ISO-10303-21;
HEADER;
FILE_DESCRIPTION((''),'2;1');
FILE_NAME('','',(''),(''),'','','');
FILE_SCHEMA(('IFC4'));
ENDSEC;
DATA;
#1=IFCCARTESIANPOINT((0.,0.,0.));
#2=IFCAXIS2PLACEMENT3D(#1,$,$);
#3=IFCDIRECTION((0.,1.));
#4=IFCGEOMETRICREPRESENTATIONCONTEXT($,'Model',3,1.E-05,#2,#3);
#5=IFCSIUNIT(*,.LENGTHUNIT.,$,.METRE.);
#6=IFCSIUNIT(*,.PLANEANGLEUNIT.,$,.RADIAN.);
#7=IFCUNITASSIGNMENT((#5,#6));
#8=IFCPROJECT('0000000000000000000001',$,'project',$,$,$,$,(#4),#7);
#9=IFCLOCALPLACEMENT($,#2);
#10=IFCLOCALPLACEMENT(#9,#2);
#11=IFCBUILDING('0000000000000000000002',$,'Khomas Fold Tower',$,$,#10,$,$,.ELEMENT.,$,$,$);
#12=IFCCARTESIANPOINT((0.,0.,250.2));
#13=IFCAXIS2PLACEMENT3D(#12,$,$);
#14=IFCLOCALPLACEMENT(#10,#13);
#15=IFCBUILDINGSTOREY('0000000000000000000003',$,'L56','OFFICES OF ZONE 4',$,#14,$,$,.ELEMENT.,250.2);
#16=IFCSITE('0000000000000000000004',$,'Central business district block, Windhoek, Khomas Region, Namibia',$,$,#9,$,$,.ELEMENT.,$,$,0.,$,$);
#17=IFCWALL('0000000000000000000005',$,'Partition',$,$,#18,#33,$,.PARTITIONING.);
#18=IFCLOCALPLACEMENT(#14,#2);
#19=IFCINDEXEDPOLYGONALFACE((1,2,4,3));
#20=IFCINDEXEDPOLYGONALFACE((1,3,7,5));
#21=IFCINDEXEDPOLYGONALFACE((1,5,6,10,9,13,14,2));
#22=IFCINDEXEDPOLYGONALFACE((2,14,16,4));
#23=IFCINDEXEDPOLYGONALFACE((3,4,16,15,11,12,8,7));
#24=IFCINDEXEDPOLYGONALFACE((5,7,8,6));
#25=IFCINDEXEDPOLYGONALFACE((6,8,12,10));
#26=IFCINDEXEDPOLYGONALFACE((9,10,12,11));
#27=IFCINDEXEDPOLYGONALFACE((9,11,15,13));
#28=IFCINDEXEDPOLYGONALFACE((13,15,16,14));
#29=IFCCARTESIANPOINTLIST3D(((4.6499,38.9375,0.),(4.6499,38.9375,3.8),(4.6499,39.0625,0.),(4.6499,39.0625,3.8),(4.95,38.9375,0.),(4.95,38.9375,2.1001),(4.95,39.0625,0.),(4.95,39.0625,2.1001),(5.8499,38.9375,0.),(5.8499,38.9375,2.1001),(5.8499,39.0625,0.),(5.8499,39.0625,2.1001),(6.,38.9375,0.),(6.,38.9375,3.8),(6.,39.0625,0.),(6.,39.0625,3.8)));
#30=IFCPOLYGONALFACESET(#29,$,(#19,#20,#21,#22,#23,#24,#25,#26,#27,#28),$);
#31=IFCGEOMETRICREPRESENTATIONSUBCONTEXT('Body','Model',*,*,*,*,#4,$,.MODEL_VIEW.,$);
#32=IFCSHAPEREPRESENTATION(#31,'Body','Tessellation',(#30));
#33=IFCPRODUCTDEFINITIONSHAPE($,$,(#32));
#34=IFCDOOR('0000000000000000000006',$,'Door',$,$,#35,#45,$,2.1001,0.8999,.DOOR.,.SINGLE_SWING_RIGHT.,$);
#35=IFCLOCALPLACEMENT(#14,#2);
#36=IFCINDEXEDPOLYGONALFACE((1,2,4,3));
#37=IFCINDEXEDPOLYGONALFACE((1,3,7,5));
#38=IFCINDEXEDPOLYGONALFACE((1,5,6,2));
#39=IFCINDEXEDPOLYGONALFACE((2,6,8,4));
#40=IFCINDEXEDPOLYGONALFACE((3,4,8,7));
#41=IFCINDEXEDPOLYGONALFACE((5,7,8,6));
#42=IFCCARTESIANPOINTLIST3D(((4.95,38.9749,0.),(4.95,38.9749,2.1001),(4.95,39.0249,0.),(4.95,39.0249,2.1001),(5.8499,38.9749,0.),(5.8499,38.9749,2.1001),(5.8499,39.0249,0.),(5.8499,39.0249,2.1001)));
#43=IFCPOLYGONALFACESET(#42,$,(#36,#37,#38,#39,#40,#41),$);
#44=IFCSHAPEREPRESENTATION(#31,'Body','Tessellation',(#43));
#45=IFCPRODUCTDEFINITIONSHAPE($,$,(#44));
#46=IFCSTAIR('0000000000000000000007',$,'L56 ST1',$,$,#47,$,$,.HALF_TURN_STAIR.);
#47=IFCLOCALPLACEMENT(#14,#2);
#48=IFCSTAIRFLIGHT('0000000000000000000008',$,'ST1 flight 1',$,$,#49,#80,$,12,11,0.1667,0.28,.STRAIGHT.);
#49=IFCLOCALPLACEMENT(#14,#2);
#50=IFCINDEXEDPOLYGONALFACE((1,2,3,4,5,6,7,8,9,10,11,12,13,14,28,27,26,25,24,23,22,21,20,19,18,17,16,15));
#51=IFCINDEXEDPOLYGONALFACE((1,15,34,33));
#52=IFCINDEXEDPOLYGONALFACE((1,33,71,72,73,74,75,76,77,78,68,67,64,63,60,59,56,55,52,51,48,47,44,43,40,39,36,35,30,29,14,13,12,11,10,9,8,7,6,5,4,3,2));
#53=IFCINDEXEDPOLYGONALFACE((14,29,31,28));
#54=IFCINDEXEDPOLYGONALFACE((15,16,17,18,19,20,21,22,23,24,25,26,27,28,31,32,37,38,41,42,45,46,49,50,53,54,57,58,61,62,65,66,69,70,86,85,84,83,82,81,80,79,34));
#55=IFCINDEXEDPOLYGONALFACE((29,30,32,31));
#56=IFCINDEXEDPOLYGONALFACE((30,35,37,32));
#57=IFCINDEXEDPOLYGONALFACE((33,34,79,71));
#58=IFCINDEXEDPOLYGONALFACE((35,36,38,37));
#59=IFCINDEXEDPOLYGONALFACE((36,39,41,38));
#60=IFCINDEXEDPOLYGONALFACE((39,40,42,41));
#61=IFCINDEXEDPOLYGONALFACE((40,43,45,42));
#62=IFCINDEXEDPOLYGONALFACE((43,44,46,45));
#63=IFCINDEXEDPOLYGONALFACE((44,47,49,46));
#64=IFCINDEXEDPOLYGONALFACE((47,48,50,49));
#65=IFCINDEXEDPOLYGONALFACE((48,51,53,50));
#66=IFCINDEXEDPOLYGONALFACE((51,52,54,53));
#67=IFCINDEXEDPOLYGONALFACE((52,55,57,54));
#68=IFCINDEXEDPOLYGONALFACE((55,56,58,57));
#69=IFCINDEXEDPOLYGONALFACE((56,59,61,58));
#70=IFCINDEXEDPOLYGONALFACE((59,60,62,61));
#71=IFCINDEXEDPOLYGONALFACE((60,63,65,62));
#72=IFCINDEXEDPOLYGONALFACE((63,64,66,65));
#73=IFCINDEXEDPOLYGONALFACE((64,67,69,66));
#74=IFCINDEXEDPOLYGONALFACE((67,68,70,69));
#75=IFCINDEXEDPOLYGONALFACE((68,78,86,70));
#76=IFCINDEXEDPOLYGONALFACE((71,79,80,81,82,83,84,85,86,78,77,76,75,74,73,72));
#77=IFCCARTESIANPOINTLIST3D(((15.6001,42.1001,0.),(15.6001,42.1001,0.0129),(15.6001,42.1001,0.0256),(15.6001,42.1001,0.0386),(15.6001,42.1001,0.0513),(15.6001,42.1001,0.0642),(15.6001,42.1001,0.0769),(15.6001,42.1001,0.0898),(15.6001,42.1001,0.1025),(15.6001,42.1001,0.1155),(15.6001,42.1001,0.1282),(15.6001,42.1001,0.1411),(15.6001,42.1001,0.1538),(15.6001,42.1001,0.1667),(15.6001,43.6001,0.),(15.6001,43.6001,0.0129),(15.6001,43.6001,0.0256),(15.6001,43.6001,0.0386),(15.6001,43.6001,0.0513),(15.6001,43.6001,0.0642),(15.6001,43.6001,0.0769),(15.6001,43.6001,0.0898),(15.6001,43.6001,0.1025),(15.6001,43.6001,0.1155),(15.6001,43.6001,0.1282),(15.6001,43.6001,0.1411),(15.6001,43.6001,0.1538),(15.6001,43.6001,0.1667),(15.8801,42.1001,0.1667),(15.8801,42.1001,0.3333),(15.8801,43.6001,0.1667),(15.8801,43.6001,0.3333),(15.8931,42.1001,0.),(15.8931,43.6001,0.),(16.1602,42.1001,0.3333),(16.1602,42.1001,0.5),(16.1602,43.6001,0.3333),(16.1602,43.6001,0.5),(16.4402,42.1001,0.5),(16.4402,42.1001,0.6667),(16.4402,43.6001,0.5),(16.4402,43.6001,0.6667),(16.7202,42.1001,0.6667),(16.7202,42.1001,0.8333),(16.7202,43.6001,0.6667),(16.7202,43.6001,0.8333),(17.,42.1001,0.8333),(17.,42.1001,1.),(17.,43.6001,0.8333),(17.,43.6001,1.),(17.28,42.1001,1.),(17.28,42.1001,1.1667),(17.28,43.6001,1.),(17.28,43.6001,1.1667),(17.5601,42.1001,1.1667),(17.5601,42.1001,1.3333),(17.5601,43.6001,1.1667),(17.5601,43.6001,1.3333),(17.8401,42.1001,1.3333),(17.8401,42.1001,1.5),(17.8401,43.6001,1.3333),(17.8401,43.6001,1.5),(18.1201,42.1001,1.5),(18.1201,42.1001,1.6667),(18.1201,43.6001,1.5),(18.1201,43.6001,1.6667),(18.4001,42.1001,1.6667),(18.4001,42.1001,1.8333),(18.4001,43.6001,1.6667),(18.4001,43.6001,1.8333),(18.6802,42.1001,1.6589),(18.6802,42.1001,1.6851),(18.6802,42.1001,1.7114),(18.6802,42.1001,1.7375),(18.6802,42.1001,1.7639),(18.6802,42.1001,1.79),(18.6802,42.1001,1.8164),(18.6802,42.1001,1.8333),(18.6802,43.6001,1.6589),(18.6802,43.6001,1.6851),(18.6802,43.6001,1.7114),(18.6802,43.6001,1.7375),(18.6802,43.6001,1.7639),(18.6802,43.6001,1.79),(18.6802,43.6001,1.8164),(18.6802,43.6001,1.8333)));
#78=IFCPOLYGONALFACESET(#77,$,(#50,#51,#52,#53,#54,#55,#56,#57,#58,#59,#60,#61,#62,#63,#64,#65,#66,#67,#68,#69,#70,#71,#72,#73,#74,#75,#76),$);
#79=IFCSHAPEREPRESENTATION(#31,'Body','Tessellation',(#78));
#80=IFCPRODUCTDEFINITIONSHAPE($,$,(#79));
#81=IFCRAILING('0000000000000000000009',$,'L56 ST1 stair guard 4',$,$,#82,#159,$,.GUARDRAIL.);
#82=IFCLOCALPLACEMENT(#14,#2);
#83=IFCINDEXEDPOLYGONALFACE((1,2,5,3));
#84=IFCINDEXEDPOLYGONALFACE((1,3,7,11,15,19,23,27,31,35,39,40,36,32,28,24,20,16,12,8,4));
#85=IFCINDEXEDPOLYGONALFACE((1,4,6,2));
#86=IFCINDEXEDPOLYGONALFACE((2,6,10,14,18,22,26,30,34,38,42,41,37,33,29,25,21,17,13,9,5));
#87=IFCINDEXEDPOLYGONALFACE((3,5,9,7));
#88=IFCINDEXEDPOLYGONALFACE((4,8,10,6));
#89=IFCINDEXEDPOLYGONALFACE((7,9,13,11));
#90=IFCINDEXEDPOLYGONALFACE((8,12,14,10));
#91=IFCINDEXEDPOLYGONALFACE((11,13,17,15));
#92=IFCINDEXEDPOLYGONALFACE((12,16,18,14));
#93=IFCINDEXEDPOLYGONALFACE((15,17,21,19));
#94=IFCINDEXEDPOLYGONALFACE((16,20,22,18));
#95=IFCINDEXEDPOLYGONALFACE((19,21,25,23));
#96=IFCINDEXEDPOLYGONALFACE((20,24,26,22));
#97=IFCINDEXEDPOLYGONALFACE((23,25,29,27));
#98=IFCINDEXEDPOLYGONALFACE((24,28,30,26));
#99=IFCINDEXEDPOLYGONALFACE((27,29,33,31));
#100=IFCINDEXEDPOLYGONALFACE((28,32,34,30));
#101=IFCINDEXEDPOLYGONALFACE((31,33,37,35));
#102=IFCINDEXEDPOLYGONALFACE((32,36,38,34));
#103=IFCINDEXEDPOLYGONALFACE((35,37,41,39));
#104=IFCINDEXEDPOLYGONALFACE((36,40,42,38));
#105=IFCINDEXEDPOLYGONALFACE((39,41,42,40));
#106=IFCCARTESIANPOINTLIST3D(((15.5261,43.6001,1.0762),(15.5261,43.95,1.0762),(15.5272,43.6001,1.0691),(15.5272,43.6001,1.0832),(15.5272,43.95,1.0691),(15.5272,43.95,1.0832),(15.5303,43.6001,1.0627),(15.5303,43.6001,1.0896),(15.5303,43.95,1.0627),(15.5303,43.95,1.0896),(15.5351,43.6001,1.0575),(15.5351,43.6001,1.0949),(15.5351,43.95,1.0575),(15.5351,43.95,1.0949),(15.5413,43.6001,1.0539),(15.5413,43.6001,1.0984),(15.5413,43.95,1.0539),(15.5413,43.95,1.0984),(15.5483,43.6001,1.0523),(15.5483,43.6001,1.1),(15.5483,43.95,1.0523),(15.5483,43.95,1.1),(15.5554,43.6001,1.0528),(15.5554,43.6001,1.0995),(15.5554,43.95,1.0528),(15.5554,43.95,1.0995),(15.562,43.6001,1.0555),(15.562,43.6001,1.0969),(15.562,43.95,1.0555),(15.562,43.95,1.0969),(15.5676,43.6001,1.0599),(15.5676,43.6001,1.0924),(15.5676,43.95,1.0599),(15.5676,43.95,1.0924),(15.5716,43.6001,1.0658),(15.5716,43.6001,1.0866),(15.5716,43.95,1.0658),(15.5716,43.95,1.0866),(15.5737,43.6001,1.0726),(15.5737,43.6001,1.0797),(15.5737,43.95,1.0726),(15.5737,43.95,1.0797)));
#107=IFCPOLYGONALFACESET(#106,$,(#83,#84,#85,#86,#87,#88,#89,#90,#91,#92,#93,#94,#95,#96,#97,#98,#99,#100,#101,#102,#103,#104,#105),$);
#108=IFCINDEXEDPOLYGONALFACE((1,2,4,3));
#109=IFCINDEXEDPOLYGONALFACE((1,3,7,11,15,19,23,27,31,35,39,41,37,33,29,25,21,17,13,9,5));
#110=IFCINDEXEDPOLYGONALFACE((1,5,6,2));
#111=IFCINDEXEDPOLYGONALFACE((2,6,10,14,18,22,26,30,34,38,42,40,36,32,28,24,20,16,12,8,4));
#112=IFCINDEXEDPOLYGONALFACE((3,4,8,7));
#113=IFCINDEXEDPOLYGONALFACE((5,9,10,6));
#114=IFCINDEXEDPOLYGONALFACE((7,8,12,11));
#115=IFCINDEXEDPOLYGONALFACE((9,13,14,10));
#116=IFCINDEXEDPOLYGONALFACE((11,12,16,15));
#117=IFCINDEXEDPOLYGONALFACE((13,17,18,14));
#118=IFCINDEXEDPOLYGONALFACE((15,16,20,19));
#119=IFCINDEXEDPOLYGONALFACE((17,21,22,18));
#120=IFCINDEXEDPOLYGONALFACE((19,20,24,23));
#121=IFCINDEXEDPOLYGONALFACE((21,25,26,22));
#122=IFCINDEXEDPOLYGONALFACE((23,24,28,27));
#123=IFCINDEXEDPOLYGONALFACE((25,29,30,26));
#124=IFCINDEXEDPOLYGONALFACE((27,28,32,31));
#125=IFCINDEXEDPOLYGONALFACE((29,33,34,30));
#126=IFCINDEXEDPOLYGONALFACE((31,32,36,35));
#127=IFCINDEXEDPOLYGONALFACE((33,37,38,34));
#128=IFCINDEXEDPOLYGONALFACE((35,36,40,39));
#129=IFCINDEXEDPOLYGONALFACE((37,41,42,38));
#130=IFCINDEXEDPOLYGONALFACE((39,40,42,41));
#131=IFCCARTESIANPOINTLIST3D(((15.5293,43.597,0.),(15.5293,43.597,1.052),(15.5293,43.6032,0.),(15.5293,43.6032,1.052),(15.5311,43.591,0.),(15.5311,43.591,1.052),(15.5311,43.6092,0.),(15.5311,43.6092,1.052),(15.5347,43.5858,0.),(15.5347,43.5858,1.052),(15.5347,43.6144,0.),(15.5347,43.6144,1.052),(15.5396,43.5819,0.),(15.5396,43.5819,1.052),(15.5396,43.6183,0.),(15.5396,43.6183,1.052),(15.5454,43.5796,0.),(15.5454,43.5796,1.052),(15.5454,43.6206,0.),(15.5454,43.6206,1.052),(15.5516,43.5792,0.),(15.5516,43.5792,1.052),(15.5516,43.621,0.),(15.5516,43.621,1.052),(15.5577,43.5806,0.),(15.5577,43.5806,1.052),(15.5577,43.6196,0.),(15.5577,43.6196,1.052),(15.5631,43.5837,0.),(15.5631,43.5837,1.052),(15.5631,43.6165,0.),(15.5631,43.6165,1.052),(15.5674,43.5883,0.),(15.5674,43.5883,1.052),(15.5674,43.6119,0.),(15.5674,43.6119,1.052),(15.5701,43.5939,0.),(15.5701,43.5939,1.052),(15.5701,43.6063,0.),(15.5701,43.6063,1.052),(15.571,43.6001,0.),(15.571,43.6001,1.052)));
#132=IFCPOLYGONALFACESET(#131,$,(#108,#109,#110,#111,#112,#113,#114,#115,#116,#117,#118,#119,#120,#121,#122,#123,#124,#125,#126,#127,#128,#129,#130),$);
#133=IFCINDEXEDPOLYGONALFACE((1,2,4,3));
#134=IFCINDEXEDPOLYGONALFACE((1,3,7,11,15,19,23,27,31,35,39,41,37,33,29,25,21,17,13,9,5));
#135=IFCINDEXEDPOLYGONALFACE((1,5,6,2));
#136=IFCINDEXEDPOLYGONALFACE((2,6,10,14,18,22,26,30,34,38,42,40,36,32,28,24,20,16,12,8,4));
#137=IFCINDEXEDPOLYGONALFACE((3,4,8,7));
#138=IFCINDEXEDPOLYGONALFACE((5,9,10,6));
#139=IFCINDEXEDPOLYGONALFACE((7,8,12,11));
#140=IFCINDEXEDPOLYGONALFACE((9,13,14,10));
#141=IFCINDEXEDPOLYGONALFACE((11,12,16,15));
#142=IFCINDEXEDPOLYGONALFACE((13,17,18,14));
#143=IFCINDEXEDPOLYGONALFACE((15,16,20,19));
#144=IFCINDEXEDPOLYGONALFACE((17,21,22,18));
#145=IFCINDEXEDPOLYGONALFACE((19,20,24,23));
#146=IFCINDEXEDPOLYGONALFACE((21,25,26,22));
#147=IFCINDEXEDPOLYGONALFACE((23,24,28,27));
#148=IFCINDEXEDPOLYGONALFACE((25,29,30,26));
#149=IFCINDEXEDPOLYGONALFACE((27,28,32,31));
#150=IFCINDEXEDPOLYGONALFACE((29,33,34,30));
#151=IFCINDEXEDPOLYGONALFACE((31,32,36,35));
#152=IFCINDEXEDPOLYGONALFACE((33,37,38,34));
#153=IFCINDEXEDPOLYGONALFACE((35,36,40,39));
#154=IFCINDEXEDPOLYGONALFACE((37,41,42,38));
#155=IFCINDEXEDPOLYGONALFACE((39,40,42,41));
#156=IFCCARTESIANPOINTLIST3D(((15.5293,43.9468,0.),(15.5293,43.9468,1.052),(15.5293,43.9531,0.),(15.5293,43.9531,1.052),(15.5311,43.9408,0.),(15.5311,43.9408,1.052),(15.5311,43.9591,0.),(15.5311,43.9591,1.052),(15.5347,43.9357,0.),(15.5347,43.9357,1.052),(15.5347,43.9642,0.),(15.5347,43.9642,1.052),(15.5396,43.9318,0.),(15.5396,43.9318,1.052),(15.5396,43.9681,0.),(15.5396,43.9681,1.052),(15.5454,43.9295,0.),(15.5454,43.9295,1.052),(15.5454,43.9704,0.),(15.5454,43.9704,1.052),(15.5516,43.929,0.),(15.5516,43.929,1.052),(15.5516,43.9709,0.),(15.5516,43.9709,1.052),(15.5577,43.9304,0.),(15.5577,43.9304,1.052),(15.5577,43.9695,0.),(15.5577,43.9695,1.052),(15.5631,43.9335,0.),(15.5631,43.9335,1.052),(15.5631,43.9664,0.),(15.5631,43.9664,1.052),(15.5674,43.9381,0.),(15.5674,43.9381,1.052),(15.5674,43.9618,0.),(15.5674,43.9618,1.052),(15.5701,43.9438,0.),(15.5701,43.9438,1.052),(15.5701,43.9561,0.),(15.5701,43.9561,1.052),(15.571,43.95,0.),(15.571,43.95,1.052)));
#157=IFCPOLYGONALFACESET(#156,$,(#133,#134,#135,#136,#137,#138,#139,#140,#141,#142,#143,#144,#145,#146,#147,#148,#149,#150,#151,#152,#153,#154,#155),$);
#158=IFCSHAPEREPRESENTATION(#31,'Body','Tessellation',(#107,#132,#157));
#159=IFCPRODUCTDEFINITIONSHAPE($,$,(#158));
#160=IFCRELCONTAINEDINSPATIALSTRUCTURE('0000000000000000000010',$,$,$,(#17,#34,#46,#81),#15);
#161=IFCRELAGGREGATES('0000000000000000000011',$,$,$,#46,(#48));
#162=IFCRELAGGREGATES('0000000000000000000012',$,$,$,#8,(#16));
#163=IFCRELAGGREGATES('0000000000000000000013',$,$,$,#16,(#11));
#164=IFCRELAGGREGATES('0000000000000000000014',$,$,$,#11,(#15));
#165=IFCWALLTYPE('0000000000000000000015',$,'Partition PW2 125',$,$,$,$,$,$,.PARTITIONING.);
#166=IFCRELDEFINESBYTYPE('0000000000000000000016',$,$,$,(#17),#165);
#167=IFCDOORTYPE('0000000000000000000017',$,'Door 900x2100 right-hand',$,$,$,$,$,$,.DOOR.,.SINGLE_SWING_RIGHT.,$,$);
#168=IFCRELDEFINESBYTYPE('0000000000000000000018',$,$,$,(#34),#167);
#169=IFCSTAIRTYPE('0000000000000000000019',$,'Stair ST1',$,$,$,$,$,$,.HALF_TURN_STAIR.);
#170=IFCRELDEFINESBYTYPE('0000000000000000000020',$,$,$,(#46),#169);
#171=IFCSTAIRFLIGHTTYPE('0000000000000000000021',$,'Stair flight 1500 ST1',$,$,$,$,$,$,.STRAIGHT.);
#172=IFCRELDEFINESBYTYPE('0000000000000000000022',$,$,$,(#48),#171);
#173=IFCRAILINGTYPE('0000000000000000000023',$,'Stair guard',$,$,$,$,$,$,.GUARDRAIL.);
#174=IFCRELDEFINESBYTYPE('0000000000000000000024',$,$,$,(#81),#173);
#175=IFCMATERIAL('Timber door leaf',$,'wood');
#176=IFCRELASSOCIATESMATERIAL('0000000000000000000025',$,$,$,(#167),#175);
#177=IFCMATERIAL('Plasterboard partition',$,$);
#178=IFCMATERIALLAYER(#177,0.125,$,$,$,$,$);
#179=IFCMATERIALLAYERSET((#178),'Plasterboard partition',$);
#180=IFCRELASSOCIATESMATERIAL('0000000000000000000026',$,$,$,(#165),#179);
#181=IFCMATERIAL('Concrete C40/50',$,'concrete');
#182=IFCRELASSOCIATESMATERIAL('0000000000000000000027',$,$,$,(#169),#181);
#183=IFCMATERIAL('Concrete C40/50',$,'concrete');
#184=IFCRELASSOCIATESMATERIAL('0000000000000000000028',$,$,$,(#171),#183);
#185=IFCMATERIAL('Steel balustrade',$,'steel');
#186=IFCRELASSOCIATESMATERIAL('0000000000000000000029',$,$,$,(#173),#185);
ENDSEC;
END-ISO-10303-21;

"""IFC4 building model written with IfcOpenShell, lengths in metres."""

from ifc_helpers import new_model, si_unit, direction, frame, frame_2d, origin, origin_2d, place, context, subcontext, project, spatial, polyline, rectangle, circle, outline, extrude, source, transform, mapped, material, layer, layer_set, type_object, element, fill, aggregate, save


model = new_model("IFC4")

# Units and contexts
model_context = context("Model", 3, precision=1e-05, world=origin(), true_north=direction((0.0, 1.0)))
body_context = subcontext(model_context, "Body", "Model", "MODEL_VIEW")
ifc_project = project(units=[si_unit("LENGTHUNIT", "METRE"), si_unit("PLANEANGLEUNIT", "RADIAN")], contexts=[model_context])

# Site, building, storey
site_placement = place(None, origin())
site = spatial("IfcSite", under=ifc_project, at=site_placement, Name="Central business district block, Windhoek, Khomas Region, Namibia", CompositionType="ELEMENT", RefElevation=0.0)
building_placement = place(site_placement, origin())
building = spatial("IfcBuilding", under=site, at=building_placement, Name="Khomas Fold Tower", CompositionType="ELEMENT")
storey_placement = place(building_placement, frame((0.0, 0.0, 250.2)))
storey = spatial("IfcBuildingStorey", under=building, at=storey_placement, Name="L56", Description="OFFICES OF ZONE 4", CompositionType="ELEMENT", Elevation=250.2)

# Shared definitions
ifc_material_1 = material(Name="Timber door leaf", Category="wood")
door_type = type_object("IfcDoorType", Name="Door 900x2100 right-hand", OperationType="SINGLE_SWING_RIGHT", PredefinedType="DOOR", material=ifc_material_1)

# Wall, opening, door
ifc_material_2 = material(Name="Plasterboard partition")
ifc_layer_1 = layer(ifc_material_2, 0.125)
ifc_layer_set_1 = layer_set([ifc_layer_1], Name="Plasterboard partition")
wall_type_1 = type_object("IfcWallType", Name="Partition PW2 125", PredefinedType="PARTITIONING", material=ifc_layer_set_1)
shared_shape_1 = source(origin(), body_context, "Body", "SweptSolid", [
    extrude(rectangle(XDim=1.3501, YDim=0.125, at=frame_2d((0.675, 0.0))), origin(), (0.0, 0.0, 1.0), 3.8),
])
wall_1_placement = place(storey_placement, frame((4.6499, 39.0, 0.0), z_axis=(0.0, 0.0, 1.0), x_axis=(1.0, 0.0, 0.0)))
wall_1 = element("IfcWall", 1, at=wall_1_placement, inside=storey, type_object=wall_type_1, Name="Partition", PredefinedType="PARTITIONING", context=body_context, shape_type="MappedRepresentation", body=[
    mapped(shared_shape_1, transform((0.0, 0.0, 0.0))),
])
shared_shape_2 = source(origin(), body_context, "Body", "SweptSolid", [
    extrude(rectangle(XDim=0.8999, YDim=2.1001, at=frame_2d((0.45, 1.05))), frame((0.0, 0.0725, 0.0), z_axis=(0.0, -1.0, 0.0), x_axis=(1.0, 0.0, 0.0)), (0.0, 0.0, 1.0), 0.145),
])
opening_1_placement = place(wall_1_placement, frame((0.3, 0.0, 0.0)))
opening_1 = element("IfcOpeningElement", 2, at=opening_1_placement, cuts=wall_1, PredefinedType="OPENING", context=body_context, shape_type="MappedRepresentation", body=[
    mapped(shared_shape_2, transform((0.0, 0.0, 0.0))),
])
shared_shape_3 = source(origin(), body_context, "Body", "SweptSolid", [
    extrude(rectangle(XDim=0.8999, YDim=2.1001, at=frame_2d((0.45, 1.05))), frame((0.0, 0.0249, 0.0), z_axis=(0.0, -1.0, 0.0), x_axis=(1.0, 0.0, 0.0)), (0.0, 0.0, 1.0), 0.05),
])
door_1_placement = place(opening_1_placement, origin())
door_1 = element("IfcDoor", 3, at=door_1_placement, inside=storey, type_object=door_type, Name="Door", OperationType="SINGLE_SWING_RIGHT", OverallHeight=2.1001, OverallWidth=0.8999, PredefinedType="DOOR", context=body_context, shape_type="MappedRepresentation", body=[
    mapped(shared_shape_3, transform((0.0, 0.0, 0.0))),
])
fill(opening_1, door_1)

# Stair, stair flight
ifc_material_3 = material(Name="Concrete C40/50", Category="concrete")
stair_type = type_object("IfcStairType", Name="Stair ST1", PredefinedType="HALF_TURN_STAIR", material=ifc_material_3)
stair_placement = place(storey_placement, origin())
stair = element("IfcStair", 4, at=stair_placement, inside=storey, type_object=stair_type, Name="L56 ST1", PredefinedType="HALF_TURN_STAIR")
ifc_material_4 = material(Name="Concrete C40/50", Category="concrete")
stair_flight_type = type_object("IfcStairFlightType", Name="Stair flight 1500 ST1", PredefinedType="STRAIGHT", material=ifc_material_4)
shared_shape_4 = source(origin(), body_context, "Body", "SweptSolid", [
    extrude(outline(polyline([(0.0, 0.0), (0.0, 0.0129), (0.0, 0.0256), (0.0, 0.0386), (0.0, 0.0513), (0.0, 0.0642), (0.0, 0.0769), (0.0, 0.0898), (0.0, 0.1025), (0.0, 0.1155), (0.0, 0.1282), (0.0, 0.1411), (0.0, 0.1538), (0.0, 0.1667), (0.28, 0.1667), (0.28, 0.3333), (0.5601, 0.3333), (0.5601, 0.5), (0.8401, 0.5), (0.8401, 0.6667), (1.1201, 0.6667), (1.1201, 0.8333), (1.3999, 0.8333), (1.3999, 1.0), (1.6799, 1.0), (1.6799, 1.1667), (1.96, 1.1667), (1.96, 1.3333), (2.24, 1.3333), (2.24, 1.5), (2.52, 1.5), (2.52, 1.6667), (2.8, 1.6667), (2.8, 1.8333), (3.0801, 1.8333), (3.0801, 2.0), (3.0801, 1.9739), (3.0801, 1.9475), (3.0801, 1.9214), (3.0801, 1.895), (3.0801, 1.8689), (3.0801, 1.8425), (3.0801, 1.8164), (3.0801, 1.79), (3.0801, 1.7639), (3.0801, 1.7375), (3.0801, 1.7114), (3.0801, 1.6851), (3.0801, 1.6589), (0.293, 0.0), (0.0, 0.0)])), frame((0.0, 0.75, 0.0), z_axis=(0.0, -1.0, 0.0), x_axis=(1.0, 0.0, 0.0)), (0.0, 0.0, 1.0), 1.5),
])
stair_flight_placement = place(storey_placement, frame((15.6001, 42.8501, 0.0), z_axis=(0.0, 0.0, 1.0), x_axis=(1.0, 0.0, 0.0)))
stair_flight = element("IfcStairFlight", 5, at=stair_flight_placement, type_object=stair_flight_type, Name="ST1 flight 1", NumberOfRisers=12, NumberOfTreads=11, PredefinedType="STRAIGHT", RiserHeight=0.1667, TreadLength=0.28, context=body_context, shape_type="MappedRepresentation", body=[
    mapped(shared_shape_4, transform((0.0, 0.0, 0.0))),
])
aggregate(stair, [stair_flight])

# Railing
ifc_material_5 = material(Name="Steel balustrade", Category="steel")
railing_type_1 = type_object("IfcRailingType", Name="Stair guard", PredefinedType="GUARDRAIL", material=ifc_material_5)
shared_shape_5 = source(origin(), body_context, "Body", "SweptSolid", [
    extrude(circle(Radius=0.0239, at=origin_2d()), frame((0.0, 0.0, 1.0762), z_axis=(0.0, 1.0, 0.0), x_axis=(-1.0, 0.0, 0.0)), (0.0, 0.0, 1.0), 0.3499),
    extrude(circle(Radius=0.021, at=origin_2d()), origin(), (0.0, 0.0, 1.0), 1.052),
    extrude(circle(Radius=0.021, at=origin_2d()), frame((0.0, 0.3499, 0.0)), (0.0, 0.0, 1.0), 1.052),
])
railing_1_placement = place(storey_placement, frame((15.55, 43.6001, 0.0)))
element("IfcRailing", 6, at=railing_1_placement, inside=storey, type_object=railing_type_1, Name="L56 ST1 stair guard 4", PredefinedType="GUARDRAIL", context=body_context, shape_type="MappedRepresentation", body=[
    mapped(shared_shape_5, transform((0.0, 0.0, 0.0))),
])

save(model, "model.ifc")
